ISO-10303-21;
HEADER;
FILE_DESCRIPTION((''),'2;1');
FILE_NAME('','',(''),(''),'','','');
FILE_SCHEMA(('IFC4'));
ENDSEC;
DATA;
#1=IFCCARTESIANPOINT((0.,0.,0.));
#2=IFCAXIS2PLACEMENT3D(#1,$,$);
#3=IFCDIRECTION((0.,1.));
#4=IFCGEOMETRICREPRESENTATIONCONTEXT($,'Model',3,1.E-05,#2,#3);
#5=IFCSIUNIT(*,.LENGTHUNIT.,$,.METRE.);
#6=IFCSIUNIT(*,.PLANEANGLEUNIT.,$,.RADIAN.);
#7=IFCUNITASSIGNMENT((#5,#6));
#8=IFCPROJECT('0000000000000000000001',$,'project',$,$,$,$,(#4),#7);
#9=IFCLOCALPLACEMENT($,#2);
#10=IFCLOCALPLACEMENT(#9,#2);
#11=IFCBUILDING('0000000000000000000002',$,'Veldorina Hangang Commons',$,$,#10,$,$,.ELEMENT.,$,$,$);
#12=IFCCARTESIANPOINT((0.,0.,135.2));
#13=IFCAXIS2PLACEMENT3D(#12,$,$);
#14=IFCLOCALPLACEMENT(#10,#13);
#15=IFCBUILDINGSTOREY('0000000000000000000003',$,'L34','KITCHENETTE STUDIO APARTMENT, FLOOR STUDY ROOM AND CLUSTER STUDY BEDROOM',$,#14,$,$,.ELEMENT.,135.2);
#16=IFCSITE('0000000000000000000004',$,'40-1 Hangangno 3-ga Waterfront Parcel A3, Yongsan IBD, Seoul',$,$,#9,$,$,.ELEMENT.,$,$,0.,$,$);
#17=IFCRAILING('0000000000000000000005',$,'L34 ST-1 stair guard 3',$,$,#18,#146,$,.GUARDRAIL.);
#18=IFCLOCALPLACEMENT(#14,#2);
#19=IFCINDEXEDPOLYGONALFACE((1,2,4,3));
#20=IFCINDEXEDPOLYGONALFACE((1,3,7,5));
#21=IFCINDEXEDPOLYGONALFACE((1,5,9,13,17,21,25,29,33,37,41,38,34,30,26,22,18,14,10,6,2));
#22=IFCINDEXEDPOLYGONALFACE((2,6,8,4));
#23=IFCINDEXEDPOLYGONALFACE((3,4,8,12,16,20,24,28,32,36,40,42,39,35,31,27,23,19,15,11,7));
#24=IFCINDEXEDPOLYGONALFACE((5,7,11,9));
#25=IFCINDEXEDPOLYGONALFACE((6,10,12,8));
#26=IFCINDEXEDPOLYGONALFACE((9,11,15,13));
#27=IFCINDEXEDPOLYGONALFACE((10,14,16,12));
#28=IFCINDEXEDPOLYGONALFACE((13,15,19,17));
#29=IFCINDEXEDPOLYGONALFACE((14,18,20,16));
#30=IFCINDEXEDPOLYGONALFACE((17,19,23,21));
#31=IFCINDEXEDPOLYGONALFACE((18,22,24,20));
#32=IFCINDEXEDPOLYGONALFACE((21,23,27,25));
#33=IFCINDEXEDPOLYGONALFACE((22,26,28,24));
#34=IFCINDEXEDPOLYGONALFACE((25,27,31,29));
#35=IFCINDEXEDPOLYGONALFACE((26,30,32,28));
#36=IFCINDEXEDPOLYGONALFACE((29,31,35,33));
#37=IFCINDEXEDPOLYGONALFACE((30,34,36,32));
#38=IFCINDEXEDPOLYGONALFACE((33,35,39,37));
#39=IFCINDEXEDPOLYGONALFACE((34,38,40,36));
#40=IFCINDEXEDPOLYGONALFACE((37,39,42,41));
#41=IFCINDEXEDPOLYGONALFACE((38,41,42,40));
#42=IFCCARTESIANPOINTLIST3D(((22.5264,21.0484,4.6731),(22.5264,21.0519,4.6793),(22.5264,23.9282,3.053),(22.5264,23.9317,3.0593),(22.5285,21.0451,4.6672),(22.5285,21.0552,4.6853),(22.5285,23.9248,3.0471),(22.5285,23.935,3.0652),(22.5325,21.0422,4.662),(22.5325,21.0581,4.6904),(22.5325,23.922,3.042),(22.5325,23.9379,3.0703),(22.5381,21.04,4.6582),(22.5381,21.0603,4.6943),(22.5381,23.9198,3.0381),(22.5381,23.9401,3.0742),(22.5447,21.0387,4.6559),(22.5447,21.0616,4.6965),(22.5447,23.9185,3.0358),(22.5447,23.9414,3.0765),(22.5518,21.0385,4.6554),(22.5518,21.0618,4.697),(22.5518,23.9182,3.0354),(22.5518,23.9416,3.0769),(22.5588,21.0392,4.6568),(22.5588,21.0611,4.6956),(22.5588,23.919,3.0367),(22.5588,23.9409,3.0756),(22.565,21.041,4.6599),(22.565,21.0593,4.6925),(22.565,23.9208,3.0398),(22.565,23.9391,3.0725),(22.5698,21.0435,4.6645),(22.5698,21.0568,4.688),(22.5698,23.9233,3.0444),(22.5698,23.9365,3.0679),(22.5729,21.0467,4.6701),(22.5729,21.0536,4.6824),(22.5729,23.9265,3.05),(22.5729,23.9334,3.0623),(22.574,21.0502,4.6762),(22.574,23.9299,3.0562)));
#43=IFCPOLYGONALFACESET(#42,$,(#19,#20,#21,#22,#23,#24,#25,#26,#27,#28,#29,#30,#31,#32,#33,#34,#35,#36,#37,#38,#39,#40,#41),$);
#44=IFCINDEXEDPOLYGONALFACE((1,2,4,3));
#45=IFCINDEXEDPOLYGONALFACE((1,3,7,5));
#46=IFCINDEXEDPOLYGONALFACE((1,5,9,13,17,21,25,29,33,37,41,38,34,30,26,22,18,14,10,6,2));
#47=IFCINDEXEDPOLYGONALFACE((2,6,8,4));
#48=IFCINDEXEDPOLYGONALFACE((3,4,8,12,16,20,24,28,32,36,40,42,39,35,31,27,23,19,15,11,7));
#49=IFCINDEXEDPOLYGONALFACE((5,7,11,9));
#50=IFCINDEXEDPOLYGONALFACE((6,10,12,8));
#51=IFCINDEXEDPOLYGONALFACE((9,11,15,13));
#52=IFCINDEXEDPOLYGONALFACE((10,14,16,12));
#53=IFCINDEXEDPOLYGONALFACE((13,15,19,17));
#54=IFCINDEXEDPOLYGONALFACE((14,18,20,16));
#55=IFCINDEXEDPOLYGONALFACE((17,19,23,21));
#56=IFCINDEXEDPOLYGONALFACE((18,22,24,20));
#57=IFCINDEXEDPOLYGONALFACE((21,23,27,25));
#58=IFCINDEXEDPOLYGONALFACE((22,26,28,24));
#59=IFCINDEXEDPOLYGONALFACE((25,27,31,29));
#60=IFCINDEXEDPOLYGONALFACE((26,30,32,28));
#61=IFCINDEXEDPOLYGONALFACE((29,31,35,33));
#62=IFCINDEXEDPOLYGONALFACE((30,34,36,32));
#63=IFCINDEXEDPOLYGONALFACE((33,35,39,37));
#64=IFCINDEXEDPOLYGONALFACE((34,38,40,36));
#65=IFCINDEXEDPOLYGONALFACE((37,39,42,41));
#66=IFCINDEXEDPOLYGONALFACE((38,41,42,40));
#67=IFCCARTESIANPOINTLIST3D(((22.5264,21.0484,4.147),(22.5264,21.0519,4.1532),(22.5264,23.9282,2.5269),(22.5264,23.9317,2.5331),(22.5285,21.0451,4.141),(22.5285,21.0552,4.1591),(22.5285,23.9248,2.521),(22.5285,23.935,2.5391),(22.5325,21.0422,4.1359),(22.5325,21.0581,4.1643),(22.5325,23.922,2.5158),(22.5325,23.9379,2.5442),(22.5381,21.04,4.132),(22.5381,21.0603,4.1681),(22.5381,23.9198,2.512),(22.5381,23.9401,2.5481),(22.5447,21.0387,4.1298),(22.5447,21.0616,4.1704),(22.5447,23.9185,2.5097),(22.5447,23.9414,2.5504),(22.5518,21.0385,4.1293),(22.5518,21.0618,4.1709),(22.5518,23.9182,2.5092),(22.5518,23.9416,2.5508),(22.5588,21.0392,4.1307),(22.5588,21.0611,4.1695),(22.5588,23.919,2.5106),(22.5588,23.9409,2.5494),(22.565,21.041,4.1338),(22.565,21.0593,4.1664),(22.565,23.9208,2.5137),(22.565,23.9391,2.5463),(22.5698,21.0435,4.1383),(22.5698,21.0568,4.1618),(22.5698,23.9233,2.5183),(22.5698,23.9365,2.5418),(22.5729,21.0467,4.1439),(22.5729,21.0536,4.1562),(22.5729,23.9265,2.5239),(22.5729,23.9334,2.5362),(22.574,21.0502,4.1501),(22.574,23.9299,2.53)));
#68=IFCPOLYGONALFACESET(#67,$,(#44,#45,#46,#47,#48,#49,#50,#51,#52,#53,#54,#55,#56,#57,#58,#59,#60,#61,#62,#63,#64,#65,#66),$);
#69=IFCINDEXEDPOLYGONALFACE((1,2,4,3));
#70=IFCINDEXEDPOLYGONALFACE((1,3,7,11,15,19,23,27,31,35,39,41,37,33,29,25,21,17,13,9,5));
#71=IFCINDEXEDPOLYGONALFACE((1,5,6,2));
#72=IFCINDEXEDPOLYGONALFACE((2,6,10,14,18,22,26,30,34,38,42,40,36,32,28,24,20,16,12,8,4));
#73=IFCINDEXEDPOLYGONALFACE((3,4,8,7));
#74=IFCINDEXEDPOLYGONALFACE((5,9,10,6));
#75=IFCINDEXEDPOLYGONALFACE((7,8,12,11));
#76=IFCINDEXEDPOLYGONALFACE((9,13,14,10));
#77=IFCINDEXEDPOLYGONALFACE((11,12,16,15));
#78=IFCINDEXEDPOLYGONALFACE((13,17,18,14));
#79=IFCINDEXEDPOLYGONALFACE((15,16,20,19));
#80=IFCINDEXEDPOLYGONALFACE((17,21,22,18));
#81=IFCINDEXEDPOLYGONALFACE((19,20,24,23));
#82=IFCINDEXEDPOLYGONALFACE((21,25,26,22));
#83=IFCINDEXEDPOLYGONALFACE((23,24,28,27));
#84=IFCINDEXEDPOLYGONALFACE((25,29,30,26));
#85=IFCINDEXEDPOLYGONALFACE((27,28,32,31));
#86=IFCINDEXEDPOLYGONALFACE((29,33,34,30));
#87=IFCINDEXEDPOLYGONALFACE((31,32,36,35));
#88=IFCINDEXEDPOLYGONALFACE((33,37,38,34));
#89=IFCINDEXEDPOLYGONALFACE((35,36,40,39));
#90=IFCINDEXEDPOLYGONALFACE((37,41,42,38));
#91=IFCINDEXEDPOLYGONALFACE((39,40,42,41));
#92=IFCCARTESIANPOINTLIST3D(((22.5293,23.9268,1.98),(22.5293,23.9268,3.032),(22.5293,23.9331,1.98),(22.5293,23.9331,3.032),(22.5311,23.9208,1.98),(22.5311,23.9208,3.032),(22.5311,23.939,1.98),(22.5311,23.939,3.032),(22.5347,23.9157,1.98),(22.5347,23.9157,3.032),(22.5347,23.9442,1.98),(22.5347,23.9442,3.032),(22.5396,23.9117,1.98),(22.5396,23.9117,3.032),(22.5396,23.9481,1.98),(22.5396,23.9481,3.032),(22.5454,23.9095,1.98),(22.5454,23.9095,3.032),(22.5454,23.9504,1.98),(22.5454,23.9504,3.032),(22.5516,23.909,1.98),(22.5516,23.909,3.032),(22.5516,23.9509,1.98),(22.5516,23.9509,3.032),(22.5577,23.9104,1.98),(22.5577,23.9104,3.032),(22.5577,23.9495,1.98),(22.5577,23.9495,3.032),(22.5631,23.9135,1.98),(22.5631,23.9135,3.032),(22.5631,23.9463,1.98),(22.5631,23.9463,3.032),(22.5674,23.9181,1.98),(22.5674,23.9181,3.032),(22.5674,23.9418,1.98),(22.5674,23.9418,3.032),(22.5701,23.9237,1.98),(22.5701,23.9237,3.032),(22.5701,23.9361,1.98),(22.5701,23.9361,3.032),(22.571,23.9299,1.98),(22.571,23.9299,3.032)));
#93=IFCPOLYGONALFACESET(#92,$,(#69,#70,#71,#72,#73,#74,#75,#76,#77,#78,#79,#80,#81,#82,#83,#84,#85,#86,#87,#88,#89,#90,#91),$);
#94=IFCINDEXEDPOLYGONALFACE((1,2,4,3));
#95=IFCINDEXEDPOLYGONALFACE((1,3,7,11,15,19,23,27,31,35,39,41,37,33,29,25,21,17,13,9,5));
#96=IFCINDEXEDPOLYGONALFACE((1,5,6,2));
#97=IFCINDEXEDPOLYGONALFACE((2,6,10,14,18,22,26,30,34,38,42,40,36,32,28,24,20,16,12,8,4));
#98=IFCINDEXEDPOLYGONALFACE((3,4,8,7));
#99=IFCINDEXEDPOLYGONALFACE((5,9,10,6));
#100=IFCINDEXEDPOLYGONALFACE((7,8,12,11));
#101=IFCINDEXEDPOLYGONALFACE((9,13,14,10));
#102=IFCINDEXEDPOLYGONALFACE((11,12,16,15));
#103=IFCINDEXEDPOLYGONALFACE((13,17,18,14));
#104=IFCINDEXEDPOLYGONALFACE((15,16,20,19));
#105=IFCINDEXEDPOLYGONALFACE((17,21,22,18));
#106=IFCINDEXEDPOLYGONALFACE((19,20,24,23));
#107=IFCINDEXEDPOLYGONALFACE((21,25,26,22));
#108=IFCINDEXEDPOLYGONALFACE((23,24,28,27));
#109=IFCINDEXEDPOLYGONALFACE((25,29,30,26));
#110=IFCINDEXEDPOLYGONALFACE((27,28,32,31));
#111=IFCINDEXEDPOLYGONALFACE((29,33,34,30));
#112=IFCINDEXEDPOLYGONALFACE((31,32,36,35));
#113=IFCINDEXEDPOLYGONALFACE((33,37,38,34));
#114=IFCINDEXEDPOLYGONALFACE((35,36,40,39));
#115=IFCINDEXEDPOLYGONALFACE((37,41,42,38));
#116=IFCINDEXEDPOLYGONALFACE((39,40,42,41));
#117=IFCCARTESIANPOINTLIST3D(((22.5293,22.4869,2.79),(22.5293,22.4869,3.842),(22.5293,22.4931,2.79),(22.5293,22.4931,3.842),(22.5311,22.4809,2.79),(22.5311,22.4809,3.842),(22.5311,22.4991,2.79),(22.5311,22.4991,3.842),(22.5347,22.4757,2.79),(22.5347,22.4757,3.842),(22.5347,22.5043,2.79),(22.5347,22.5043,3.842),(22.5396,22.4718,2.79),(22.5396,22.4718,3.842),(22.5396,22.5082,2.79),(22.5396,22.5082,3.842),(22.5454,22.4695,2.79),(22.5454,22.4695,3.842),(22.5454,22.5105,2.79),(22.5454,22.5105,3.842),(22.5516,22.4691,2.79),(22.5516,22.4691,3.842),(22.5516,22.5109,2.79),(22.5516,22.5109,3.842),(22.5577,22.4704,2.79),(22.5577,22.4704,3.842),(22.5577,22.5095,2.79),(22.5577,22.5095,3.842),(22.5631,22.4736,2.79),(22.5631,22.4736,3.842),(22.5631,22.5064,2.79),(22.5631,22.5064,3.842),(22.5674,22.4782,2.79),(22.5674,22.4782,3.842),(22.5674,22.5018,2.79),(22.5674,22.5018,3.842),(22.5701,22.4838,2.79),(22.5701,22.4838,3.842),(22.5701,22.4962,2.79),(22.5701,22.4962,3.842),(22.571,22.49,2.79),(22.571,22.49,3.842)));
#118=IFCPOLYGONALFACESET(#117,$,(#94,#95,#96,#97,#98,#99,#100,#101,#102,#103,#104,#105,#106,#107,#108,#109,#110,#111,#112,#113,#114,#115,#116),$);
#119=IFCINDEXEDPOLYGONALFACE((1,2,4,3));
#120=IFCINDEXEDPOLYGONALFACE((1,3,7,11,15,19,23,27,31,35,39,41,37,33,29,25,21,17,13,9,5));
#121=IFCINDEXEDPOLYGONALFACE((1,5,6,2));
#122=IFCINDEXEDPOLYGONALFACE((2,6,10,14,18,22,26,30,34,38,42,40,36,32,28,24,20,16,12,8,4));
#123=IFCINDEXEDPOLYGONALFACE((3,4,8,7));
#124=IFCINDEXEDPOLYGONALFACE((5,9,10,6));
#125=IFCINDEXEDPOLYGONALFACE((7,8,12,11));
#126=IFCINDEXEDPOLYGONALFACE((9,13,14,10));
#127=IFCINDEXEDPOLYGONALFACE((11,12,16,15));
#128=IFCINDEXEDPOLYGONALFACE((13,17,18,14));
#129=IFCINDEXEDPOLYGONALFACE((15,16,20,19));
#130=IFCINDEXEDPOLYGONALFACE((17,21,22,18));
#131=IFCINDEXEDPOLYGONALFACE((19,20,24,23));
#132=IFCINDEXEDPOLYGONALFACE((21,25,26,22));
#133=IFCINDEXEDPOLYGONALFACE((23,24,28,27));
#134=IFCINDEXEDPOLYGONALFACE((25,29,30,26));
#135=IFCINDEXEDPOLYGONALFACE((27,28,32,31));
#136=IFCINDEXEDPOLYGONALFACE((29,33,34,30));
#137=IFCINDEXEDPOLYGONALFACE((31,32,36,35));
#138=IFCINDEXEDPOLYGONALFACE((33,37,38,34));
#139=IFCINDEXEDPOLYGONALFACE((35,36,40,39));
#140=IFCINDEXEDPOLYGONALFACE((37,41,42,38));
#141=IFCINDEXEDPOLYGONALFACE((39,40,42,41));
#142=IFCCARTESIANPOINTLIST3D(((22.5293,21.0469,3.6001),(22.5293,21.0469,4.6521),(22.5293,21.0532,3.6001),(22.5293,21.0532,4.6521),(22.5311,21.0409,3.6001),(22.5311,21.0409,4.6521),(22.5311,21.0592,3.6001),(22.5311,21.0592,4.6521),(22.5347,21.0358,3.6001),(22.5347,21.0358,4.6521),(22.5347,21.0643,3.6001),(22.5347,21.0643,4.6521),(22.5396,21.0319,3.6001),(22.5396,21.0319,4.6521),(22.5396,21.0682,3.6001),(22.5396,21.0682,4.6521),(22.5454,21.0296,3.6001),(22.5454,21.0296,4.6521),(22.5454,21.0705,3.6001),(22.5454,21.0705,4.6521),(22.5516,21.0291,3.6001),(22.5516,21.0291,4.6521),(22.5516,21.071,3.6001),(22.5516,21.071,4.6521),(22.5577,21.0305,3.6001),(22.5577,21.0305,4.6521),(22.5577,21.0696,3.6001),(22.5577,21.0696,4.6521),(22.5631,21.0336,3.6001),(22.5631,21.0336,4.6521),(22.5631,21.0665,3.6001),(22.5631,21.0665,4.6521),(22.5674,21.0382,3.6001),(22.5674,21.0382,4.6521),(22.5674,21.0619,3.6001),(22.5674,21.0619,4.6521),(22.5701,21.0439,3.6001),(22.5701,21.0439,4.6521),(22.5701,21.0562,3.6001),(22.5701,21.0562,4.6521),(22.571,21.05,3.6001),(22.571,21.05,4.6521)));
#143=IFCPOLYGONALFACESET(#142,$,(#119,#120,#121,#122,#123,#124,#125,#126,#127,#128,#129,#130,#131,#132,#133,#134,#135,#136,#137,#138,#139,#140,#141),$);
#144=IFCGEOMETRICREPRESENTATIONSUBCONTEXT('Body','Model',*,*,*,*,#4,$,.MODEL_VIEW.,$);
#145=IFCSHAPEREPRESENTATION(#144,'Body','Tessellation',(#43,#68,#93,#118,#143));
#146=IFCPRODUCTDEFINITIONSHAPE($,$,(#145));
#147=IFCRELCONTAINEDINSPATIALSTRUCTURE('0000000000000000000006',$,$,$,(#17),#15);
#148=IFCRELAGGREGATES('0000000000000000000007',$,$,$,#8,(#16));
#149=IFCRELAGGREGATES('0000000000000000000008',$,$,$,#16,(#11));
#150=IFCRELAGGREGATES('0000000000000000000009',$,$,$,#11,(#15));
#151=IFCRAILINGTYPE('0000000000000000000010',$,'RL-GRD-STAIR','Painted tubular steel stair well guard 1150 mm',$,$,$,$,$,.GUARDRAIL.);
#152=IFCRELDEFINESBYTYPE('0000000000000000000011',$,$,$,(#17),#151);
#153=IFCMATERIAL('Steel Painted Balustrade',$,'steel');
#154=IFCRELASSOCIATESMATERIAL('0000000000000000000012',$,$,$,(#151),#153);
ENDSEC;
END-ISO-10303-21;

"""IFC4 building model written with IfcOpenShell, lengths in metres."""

from ifc_helpers import new_model, si_unit, direction, frame, origin, origin_2d, place, context, subcontext, project, spatial, circle, extrude, material, type_object, element, save


model = new_model("IFC4")

# Units and contexts
model_context = context("Model", 3, precision=1e-05, world=origin(), true_north=direction((0.0, 1.0)))
body_context = subcontext(model_context, "Body", "Model", "MODEL_VIEW")
ifc_project = project(units=[si_unit("LENGTHUNIT", "METRE"), si_unit("PLANEANGLEUNIT", "RADIAN")], contexts=[model_context])

# Site, building, storey
site_placement = place(None, origin())
site = spatial("IfcSite", under=ifc_project, at=site_placement, Name="40-1 Hangangno 3-ga Waterfront Parcel A3, Yongsan IBD, Seoul", CompositionType="ELEMENT", RefElevation=0.0)
building_placement = place(site_placement, origin())
building = spatial("IfcBuilding", under=site, at=building_placement, Name="Veldorina Hangang Commons", CompositionType="ELEMENT")
storey_placement = place(building_placement, frame((0.0, 0.0, 135.2)))
storey = spatial("IfcBuildingStorey", under=building, at=storey_placement, Name="L34", Description="KITCHENETTE STUDIO APARTMENT, FLOOR STUDY ROOM AND CLUSTER STUDY BEDROOM", CompositionType="ELEMENT", Elevation=135.2)

# Railing
ifc_material_1 = material(Name="Steel Painted Balustrade", Category="steel")
railing_type_1 = type_object("IfcRailingType", Name="RL-GRD-STAIR", Description="Painted tubular steel stair well guard 1150 mm", PredefinedType="GUARDRAIL", material=ifc_material_1)
railing_1_placement = place(storey_placement, frame((22.55, 23.9299, 1.98)))
element("IfcRailing", 1, at=railing_1_placement, inside=storey, type_object=railing_type_1, Name="L34 ST-1 stair guard 3", PredefinedType="GUARDRAIL", context=body_context, shape_type="SweptSolid", body=[
    extrude(circle(Radius=0.0239, at=origin_2d()), frame((0.0, 0.0, 1.0762), z_axis=(0.0, -0.871552, 0.490303), x_axis=(1.0, 0.0, 0.0)), (0.0, 0.0, 1.0), 3.3042),
    extrude(circle(Radius=0.0239, at=origin_2d()), frame((0.0, 0.0, 0.55), z_axis=(0.0, -0.871552, 0.490303), x_axis=(1.0, 0.0, 0.0)), (0.0, 0.0, 1.0), 3.3042),
    extrude(circle(Radius=0.021, at=origin_2d()), origin(), (0.0, 0.0, 1.0), 1.052),
    extrude(circle(Radius=0.021, at=origin_2d()), frame((0.0, -1.4399, 0.8101)), (0.0, 0.0, 1.0), 1.052),
    extrude(circle(Radius=0.021, at=origin_2d()), frame((0.0, -2.8799, 1.6201)), (0.0, 0.0, 1.0), 1.052),
])

save(model, "model.ifc")
